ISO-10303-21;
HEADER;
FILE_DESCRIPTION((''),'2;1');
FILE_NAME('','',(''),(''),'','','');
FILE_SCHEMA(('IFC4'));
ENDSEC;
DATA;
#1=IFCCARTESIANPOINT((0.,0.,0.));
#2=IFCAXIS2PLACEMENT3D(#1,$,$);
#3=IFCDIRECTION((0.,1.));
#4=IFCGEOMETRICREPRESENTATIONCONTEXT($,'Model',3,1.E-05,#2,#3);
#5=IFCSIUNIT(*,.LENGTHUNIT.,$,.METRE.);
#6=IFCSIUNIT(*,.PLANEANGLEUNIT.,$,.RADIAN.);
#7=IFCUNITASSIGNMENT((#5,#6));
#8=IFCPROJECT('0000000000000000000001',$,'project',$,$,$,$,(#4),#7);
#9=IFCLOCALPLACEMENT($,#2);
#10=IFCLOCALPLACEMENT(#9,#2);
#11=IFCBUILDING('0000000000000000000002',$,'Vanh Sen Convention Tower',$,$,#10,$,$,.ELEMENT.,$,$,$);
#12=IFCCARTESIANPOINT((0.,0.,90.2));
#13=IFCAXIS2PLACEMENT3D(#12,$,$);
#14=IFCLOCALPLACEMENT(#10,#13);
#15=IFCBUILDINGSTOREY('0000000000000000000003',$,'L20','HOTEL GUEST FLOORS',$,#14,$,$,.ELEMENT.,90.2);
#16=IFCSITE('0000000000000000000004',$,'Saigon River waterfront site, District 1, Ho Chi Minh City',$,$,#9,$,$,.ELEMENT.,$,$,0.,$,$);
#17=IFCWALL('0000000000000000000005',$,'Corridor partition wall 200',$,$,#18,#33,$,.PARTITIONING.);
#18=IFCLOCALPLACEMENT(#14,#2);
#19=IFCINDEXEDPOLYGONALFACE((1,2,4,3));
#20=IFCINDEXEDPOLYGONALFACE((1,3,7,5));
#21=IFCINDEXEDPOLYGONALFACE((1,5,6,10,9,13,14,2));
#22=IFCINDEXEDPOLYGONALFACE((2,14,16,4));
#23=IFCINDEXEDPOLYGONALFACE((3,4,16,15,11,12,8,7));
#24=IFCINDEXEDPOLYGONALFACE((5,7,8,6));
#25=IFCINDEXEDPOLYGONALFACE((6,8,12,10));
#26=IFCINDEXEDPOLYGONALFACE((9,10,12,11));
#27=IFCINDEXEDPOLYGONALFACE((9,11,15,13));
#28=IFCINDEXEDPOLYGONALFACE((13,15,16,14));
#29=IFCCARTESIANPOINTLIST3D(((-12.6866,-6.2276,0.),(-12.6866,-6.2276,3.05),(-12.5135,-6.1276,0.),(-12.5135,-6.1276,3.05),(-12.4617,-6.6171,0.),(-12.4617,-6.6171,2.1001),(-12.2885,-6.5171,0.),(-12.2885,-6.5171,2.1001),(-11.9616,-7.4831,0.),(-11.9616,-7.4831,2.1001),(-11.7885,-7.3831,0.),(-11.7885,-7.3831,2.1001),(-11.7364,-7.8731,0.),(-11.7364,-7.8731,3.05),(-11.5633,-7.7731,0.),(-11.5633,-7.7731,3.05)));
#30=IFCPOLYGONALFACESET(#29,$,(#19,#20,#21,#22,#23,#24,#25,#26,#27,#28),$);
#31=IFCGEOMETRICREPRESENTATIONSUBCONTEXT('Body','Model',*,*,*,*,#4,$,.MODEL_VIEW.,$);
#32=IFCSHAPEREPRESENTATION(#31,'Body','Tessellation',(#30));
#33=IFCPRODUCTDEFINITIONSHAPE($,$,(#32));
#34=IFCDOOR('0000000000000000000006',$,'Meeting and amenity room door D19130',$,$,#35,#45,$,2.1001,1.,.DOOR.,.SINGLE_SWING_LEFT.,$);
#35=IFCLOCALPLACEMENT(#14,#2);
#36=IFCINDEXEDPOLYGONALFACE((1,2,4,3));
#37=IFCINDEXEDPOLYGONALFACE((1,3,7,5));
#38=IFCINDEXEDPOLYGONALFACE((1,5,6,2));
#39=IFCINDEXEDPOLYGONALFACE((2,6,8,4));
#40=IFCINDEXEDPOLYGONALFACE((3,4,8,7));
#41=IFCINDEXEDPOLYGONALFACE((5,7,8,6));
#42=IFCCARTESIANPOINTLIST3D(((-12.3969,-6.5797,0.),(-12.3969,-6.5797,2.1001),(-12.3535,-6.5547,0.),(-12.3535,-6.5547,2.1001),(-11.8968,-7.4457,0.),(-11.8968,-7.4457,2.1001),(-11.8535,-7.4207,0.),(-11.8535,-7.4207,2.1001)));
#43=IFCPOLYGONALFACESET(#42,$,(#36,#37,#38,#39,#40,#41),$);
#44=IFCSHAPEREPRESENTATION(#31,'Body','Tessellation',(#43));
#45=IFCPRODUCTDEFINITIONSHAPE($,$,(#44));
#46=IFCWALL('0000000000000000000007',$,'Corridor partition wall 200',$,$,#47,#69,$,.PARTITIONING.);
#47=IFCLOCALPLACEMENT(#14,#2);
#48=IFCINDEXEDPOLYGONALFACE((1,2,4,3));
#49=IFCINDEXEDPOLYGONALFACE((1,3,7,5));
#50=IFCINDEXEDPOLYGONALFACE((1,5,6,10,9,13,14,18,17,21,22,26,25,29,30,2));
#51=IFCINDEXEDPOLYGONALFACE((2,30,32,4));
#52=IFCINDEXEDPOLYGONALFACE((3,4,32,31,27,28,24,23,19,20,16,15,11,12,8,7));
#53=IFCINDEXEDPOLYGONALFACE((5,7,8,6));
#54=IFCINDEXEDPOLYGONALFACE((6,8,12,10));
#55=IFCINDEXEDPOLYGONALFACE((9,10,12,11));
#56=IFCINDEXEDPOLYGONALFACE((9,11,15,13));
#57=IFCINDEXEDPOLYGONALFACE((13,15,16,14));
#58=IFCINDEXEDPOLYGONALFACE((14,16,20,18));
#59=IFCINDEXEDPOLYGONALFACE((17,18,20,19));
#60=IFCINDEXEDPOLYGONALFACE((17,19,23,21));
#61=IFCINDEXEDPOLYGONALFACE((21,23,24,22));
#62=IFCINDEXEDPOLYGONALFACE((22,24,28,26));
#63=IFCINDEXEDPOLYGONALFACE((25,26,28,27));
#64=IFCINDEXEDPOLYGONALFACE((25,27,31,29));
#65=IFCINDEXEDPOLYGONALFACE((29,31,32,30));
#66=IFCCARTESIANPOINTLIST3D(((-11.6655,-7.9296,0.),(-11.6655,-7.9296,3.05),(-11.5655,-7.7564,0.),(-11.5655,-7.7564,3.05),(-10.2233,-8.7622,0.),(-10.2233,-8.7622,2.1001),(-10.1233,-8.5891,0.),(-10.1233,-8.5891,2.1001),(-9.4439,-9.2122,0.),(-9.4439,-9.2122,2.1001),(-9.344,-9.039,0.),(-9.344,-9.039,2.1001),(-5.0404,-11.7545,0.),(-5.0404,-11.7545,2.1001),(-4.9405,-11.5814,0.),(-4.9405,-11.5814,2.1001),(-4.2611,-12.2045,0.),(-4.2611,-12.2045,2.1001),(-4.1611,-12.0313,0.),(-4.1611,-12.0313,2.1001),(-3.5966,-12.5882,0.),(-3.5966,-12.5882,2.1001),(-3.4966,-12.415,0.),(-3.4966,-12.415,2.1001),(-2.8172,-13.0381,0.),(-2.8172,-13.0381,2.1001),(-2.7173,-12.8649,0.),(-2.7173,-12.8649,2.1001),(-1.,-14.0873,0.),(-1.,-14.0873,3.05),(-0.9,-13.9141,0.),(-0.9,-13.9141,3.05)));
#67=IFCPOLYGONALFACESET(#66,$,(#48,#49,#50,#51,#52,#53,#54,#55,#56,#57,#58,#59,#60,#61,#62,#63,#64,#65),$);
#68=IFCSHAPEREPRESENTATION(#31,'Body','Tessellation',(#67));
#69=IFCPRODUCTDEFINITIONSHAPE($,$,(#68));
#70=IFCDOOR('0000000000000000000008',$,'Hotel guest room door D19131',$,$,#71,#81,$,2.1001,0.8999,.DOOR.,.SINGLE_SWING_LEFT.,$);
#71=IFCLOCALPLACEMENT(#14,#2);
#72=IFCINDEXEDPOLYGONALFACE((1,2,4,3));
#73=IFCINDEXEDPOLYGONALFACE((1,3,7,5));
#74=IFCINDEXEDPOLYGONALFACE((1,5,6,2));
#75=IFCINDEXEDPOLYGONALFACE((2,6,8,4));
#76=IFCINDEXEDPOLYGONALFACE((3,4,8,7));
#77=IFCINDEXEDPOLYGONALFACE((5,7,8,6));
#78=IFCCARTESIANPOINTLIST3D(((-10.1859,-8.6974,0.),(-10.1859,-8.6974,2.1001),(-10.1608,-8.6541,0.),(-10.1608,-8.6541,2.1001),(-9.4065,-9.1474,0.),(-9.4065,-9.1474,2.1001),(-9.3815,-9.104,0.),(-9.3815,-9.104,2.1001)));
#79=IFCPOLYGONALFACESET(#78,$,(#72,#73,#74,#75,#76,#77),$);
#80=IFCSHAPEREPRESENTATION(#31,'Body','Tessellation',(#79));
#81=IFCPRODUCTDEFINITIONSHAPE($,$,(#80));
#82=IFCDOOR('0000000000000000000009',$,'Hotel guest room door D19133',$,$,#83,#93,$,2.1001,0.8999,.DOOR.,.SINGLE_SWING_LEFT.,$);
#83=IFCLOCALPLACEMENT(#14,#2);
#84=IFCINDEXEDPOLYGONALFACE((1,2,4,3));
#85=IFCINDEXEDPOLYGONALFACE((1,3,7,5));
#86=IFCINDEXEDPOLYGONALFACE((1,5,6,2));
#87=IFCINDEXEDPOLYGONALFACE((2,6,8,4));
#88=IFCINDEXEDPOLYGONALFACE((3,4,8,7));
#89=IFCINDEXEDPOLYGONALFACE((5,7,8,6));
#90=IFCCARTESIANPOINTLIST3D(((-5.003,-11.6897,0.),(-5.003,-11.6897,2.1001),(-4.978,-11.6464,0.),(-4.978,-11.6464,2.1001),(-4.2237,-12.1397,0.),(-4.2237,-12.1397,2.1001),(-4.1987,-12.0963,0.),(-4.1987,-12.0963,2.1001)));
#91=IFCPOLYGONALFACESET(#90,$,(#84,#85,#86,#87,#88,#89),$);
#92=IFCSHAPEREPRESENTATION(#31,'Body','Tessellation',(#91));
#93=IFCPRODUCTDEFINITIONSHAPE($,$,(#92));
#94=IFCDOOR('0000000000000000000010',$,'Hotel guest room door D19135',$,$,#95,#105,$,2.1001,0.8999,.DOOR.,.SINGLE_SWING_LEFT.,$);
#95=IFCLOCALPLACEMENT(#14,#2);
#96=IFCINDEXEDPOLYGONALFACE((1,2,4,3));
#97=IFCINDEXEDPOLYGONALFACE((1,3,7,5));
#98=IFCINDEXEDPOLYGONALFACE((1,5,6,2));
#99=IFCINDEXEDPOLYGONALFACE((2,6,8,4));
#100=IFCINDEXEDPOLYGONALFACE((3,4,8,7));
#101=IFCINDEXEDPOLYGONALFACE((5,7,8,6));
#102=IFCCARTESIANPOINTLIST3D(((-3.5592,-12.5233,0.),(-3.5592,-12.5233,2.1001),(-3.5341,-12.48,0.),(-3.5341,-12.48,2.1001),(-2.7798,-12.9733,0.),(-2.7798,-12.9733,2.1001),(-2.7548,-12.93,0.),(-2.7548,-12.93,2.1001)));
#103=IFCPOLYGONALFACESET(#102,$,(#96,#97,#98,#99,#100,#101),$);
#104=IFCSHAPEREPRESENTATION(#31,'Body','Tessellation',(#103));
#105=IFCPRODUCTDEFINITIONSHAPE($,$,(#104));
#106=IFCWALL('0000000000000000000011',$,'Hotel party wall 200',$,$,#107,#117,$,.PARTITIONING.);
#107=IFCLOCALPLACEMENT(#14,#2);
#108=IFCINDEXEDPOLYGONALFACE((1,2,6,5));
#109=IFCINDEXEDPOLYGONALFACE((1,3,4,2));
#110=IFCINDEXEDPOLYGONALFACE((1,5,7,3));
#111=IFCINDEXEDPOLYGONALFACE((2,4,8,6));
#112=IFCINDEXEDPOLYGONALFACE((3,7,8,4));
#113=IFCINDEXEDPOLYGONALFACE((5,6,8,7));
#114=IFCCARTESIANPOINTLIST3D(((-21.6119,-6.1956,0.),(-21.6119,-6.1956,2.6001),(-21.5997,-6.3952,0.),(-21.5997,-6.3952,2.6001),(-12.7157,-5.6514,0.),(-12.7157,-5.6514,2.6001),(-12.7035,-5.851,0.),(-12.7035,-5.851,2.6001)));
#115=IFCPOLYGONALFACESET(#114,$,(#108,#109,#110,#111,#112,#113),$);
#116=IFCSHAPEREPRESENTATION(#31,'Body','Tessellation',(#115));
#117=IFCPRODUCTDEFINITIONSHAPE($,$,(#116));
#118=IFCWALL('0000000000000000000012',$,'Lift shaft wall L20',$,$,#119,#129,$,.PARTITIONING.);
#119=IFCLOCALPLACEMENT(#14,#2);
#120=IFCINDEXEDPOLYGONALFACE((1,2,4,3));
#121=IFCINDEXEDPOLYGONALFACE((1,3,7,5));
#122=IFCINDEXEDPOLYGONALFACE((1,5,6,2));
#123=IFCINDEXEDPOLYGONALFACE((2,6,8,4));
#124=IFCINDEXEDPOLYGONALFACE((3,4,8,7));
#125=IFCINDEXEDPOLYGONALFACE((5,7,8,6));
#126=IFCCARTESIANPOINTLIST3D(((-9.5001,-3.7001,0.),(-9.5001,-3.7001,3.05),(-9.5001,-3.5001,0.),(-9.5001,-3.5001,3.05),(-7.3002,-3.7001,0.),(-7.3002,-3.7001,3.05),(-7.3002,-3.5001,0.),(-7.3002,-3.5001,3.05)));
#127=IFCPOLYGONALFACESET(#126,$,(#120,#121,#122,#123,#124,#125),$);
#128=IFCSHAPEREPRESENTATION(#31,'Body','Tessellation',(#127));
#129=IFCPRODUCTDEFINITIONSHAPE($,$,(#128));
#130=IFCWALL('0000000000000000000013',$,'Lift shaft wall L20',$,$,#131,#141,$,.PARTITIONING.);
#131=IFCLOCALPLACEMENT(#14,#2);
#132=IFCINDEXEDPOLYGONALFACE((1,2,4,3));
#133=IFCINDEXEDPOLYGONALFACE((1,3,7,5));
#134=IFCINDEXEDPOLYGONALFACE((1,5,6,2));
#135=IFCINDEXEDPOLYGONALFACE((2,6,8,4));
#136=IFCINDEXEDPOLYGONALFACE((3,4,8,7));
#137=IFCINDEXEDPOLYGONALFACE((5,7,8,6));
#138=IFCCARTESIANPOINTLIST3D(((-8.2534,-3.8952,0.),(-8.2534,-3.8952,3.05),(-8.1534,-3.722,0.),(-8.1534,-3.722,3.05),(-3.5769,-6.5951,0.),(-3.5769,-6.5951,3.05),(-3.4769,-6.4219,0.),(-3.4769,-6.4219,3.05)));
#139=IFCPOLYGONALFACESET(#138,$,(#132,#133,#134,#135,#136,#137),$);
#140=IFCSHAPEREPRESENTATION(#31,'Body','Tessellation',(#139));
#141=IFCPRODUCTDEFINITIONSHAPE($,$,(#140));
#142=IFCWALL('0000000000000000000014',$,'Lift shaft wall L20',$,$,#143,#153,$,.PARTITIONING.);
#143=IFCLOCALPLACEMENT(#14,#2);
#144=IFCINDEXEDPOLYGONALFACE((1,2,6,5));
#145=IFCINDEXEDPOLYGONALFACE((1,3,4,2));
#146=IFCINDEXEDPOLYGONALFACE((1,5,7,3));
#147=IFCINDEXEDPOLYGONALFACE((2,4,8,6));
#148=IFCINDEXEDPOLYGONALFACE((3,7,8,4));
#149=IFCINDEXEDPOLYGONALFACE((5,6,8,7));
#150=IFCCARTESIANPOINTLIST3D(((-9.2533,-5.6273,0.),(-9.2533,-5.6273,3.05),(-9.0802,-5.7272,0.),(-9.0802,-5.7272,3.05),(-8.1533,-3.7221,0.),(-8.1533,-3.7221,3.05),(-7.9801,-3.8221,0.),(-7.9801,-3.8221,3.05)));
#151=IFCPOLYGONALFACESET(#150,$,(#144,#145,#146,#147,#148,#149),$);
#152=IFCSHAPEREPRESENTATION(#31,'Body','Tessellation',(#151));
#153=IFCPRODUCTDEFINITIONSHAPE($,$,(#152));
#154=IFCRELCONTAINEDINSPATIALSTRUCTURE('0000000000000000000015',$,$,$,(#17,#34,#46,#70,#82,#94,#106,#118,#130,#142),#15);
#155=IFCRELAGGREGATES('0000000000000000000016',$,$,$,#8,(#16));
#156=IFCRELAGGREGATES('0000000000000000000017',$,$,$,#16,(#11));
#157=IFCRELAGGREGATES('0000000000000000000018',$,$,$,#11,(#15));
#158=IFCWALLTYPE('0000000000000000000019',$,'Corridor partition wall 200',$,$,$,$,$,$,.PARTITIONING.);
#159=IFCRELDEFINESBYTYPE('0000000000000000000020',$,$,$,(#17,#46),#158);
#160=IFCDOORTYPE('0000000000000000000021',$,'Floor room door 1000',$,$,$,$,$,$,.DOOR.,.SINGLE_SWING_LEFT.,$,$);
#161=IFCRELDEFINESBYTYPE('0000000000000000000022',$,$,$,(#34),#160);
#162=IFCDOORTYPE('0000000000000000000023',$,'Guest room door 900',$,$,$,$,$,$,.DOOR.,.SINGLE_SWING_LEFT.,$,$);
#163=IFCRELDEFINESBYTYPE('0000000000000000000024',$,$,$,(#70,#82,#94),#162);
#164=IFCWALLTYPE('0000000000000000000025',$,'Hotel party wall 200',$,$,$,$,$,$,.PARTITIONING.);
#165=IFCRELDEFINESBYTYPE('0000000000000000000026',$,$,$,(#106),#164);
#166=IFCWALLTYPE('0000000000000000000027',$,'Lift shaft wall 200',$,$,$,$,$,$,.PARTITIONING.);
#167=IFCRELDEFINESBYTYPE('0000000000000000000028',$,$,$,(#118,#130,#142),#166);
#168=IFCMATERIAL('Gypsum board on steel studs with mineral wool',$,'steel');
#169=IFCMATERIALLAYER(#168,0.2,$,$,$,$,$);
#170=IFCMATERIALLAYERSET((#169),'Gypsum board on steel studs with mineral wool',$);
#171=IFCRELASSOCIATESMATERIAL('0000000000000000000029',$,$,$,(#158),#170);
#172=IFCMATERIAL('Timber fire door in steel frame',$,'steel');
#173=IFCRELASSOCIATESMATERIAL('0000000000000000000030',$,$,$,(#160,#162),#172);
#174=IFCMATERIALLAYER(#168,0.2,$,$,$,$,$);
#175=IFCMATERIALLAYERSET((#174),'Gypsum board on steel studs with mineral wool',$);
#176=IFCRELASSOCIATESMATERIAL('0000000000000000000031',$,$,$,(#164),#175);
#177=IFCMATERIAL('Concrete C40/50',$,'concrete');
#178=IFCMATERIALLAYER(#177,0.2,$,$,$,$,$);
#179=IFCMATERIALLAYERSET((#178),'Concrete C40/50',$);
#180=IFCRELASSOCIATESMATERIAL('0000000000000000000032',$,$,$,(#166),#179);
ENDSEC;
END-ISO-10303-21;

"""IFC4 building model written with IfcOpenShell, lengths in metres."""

from ifc_helpers import new_model, si_unit, direction, frame, frame_2d, origin, place, context, subcontext, project, spatial, rectangle, extrude, material, layer, layer_set, type_object, element, fill, save


model = new_model("IFC4")

# Units and contexts
model_context = context("Model", 3, precision=1e-05, world=origin(), true_north=direction((0.0, 1.0)))
body_context = subcontext(model_context, "Body", "Model", "MODEL_VIEW")
ifc_project = project(units=[si_unit("LENGTHUNIT", "METRE"), si_unit("PLANEANGLEUNIT", "RADIAN")], contexts=[model_context])

# Site, building, storey
site_placement = place(None, origin())
site = spatial("IfcSite", under=ifc_project, at=site_placement, Name="Saigon River waterfront site, District 1, Ho Chi Minh City", CompositionType="ELEMENT", RefElevation=0.0)
building_placement = place(site_placement, origin())
building = spatial("IfcBuilding", under=site, at=building_placement, Name="Vanh Sen Convention Tower", CompositionType="ELEMENT")
storey_placement = place(building_placement, frame((0.0, 0.0, 90.2)))
storey = spatial("IfcBuildingStorey", under=building, at=storey_placement, Name="L20", Description="HOTEL GUEST FLOORS", CompositionType="ELEMENT", Elevation=90.2)

# Wall, opening, door
ifc_material_1 = material(Name="Gypsum board on steel studs with mineral wool", Category="steel")
ifc_layer_1 = layer(ifc_material_1, 0.2)
ifc_layer_set_1 = layer_set([ifc_layer_1], Name="Gypsum board on steel studs with mineral wool")
wall_type_1 = type_object("IfcWallType", Name="Corridor partition wall 200", PredefinedType="PARTITIONING", material=ifc_layer_set_1)
wall_1_placement = place(storey_placement, frame((-12.6001, -6.1775, 0.0), z_axis=(0.0, 0.0, 1.0), x_axis=(0.500064, -0.865989, 0.0)))
wall_1 = element("IfcWall", 1, at=wall_1_placement, inside=storey, type_object=wall_type_1, Name="Corridor partition wall 200", PredefinedType="PARTITIONING", context=body_context, shape_type="SweptSolid", body=[
    extrude(rectangle(XDim=1.9001, YDim=0.2, at=frame_2d((0.9502, 0.0))), origin(), (0.0, 0.0, 1.0), 3.05),
])
opening_1_placement = place(wall_1_placement, frame((0.45, 0.0, 0.0)))
opening_1 = element("IfcOpeningElement", 2, at=opening_1_placement, cuts=wall_1, PredefinedType="OPENING", context=body_context, shape_type="SweptSolid", body=[
    extrude(rectangle(XDim=1.0, YDim=2.1001, at=frame_2d((0.5, 1.05))), frame((0.0, 0.1099, 0.0), z_axis=(0.0, -1.0, 0.0), x_axis=(1.0, 0.0, 0.0)), (0.0, 0.0, 1.0), 0.22),
])
ifc_material_2 = material(Name="Timber fire door in steel frame", Category="steel")
door_type_1 = type_object("IfcDoorType", Name="Floor room door 1000", OperationType="SINGLE_SWING_LEFT", PredefinedType="DOOR", material=ifc_material_2)
door_1_placement = place(opening_1_placement, origin())
door_1 = element("IfcDoor", 3, at=door_1_placement, inside=storey, type_object=door_type_1, Name="Meeting and amenity room door D19130", OperationType="SINGLE_SWING_LEFT", OverallHeight=2.1001, OverallWidth=1.0, PredefinedType="DOOR", context=body_context, shape_type="SweptSolid", body=[
    extrude(rectangle(XDim=1.0, YDim=2.1001, at=frame_2d((0.5, 1.05))), frame((0.0, 0.0249, 0.0), z_axis=(0.0, -1.0, 0.0), x_axis=(1.0, 0.0, 0.0)), (0.0, 0.0, 1.0), 0.05),
])
fill(opening_1, door_1)

# Wall, openings, doors
wall_2_placement = place(storey_placement, frame((-11.6155, -7.843, 0.0), z_axis=(0.0, 0.0, 1.0), x_axis=(0.866026, -0.499998, 0.0)))
wall_2 = element("IfcWall", 4, at=wall_2_placement, inside=storey, type_object=wall_type_1, Name="Corridor partition wall 200", PredefinedType="PARTITIONING", context=body_context, shape_type="SweptSolid", body=[
    extrude(rectangle(XDim=12.3154, YDim=0.2, at=frame_2d((6.1577, 0.0))), origin(), (0.0, 0.0, 1.0), 3.05),
])
opening_2_placement = place(wall_2_placement, frame((1.6653, 0.0, 0.0)))
opening_2 = element("IfcOpeningElement", 5, at=opening_2_placement, cuts=wall_2, PredefinedType="OPENING", context=body_context, shape_type="SweptSolid", body=[
    extrude(rectangle(XDim=0.8999, YDim=2.1001, at=frame_2d((0.45, 1.05))), frame((0.0, 0.1099, 0.0), z_axis=(0.0, -1.0, 0.0), x_axis=(1.0, 0.0, 0.0)), (0.0, 0.0, 1.0), 0.22),
])
opening_3_placement = place(wall_2_placement, frame((7.6499, 0.0, 0.0)))
opening_3 = element("IfcOpeningElement", 6, at=opening_3_placement, cuts=wall_2, PredefinedType="OPENING", context=body_context, shape_type="SweptSolid", body=[
    extrude(rectangle(XDim=0.8999, YDim=2.1001, at=frame_2d((0.45, 1.05))), frame((0.0, 0.1099, 0.0), z_axis=(0.0, -1.0, 0.0), x_axis=(1.0, 0.0, 0.0)), (0.0, 0.0, 1.0), 0.22),
])
opening_4_placement = place(wall_2_placement, frame((9.3171, 0.0, 0.0)))
opening_4 = element("IfcOpeningElement", 7, at=opening_4_placement, cuts=wall_2, PredefinedType="OPENING", context=body_context, shape_type="SweptSolid", body=[
    extrude(rectangle(XDim=0.8999, YDim=2.1001, at=frame_2d((0.45, 1.05))), frame((0.0, 0.1099, 0.0), z_axis=(0.0, -1.0, 0.0), x_axis=(1.0, 0.0, 0.0)), (0.0, 0.0, 1.0), 0.22),
])
door_type_2 = type_object("IfcDoorType", Name="Guest room door 900", OperationType="SINGLE_SWING_LEFT", PredefinedType="DOOR", material=ifc_material_2)
door_2_placement = place(opening_2_placement, origin())
door_2 = element("IfcDoor", 8, at=door_2_placement, inside=storey, type_object=door_type_2, Name="Hotel guest room door D19131", OperationType="SINGLE_SWING_LEFT", OverallHeight=2.1001, OverallWidth=0.8999, PredefinedType="DOOR", context=body_context, shape_type="SweptSolid", body=[
    extrude(rectangle(XDim=0.8999, YDim=2.1001, at=frame_2d((0.45, 1.05))), frame((0.0, 0.0249, 0.0), z_axis=(0.0, -1.0, 0.0), x_axis=(1.0, 0.0, 0.0)), (0.0, 0.0, 1.0), 0.05),
])
fill(opening_2, door_2)
door_3_placement = place(opening_3_placement, origin())
door_3 = element("IfcDoor", 9, at=door_3_placement, inside=storey, type_object=door_type_2, Name="Hotel guest room door D19133", OperationType="SINGLE_SWING_LEFT", OverallHeight=2.1001, OverallWidth=0.8999, PredefinedType="DOOR", context=body_context, shape_type="SweptSolid", body=[
    extrude(rectangle(XDim=0.8999, YDim=2.1001, at=frame_2d((0.45, 1.05))), frame((0.0, 0.0249, 0.0), z_axis=(0.0, -1.0, 0.0), x_axis=(1.0, 0.0, 0.0)), (0.0, 0.0, 1.0), 0.05),
])
fill(opening_3, door_3)
door_4_placement = place(opening_4_placement, origin())
door_4 = element("IfcDoor", 10, at=door_4_placement, inside=storey, type_object=door_type_2, Name="Hotel guest room door D19135", OperationType="SINGLE_SWING_LEFT", OverallHeight=2.1001, OverallWidth=0.8999, PredefinedType="DOOR", context=body_context, shape_type="SweptSolid", body=[
    extrude(rectangle(XDim=0.8999, YDim=2.1001, at=frame_2d((0.45, 1.05))), frame((0.0, 0.0249, 0.0), z_axis=(0.0, -1.0, 0.0), x_axis=(1.0, 0.0, 0.0)), (0.0, 0.0, 1.0), 0.05),
])
fill(opening_4, door_4)

# Walls
ifc_layer_2 = layer(ifc_material_1, 0.2)
ifc_layer_set_2 = layer_set([ifc_layer_2], Name="Gypsum board on steel studs with mineral wool")
wall_type_2 = type_object("IfcWallType", Name="Hotel party wall 200", PredefinedType="PARTITIONING", material=ifc_layer_set_2)
wall_3_placement = place(storey_placement, frame((-21.606, -6.2954, 0.0), z_axis=(0.0, 0.0, 1.0), x_axis=(0.998134, 0.061057, 0.0)))
element("IfcWall", 11, at=wall_3_placement, inside=storey, type_object=wall_type_2, Name="Hotel party wall 200", PredefinedType="PARTITIONING", context=body_context, shape_type="SweptSolid", body=[
    extrude(rectangle(XDim=8.9128, YDim=0.2, at=frame_2d((4.4565, 0.0))), origin(), (0.0, 0.0, 1.0), 2.6001),
])
ifc_material_3 = material(Name="Concrete C40/50", Category="concrete")
ifc_layer_3 = layer(ifc_material_3, 0.2)
ifc_layer_set_3 = layer_set([ifc_layer_3], Name="Concrete C40/50")
wall_type_3 = type_object("IfcWallType", Name="Lift shaft wall 200", PredefinedType="PARTITIONING", material=ifc_layer_set_3)
wall_4_placement = place(storey_placement, frame((-7.3, -3.6001, 0.0), z_axis=(0.0, 0.0, 1.0), x_axis=(-1.0, 0.0, 0.0)))
element("IfcWall", 12, at=wall_4_placement, inside=storey, type_object=wall_type_3, Name="Lift shaft wall L20", PredefinedType="PARTITIONING", context=body_context, shape_type="SweptSolid", body=[
    extrude(rectangle(XDim=2.2, YDim=0.2, at=frame_2d((1.1001, 0.0))), origin(), (0.0, 0.0, 1.0), 3.05),
])
wall_5_placement = place(storey_placement, frame((-8.2034, -3.8086, 0.0), z_axis=(0.0, 0.0, 1.0), x_axis=(0.866028, -0.499995, 0.0)))
element("IfcWall", 13, at=wall_5_placement, inside=storey, type_object=wall_type_3, Name="Lift shaft wall L20", PredefinedType="PARTITIONING", context=body_context, shape_type="SweptSolid", body=[
    extrude(rectangle(XDim=5.3999, YDim=0.2, at=frame_2d((2.7, 0.0))), origin(), (0.0, 0.0, 1.0), 3.05),
])
wall_6_placement = place(storey_placement, frame((-8.0667, -3.772, 0.0), z_axis=(0.0, 0.0, 1.0), x_axis=(-0.50003, -0.866008, 0.0)))
element("IfcWall", 14, at=wall_6_placement, inside=storey, type_object=wall_type_3, Name="Lift shaft wall L20", PredefinedType="PARTITIONING", context=body_context, shape_type="SweptSolid", body=[
    extrude(rectangle(XDim=2.2, YDim=0.2, at=frame_2d((1.1001, 0.0))), origin(), (0.0, 0.0, 1.0), 3.05),
])

save(model, "model.ifc")
